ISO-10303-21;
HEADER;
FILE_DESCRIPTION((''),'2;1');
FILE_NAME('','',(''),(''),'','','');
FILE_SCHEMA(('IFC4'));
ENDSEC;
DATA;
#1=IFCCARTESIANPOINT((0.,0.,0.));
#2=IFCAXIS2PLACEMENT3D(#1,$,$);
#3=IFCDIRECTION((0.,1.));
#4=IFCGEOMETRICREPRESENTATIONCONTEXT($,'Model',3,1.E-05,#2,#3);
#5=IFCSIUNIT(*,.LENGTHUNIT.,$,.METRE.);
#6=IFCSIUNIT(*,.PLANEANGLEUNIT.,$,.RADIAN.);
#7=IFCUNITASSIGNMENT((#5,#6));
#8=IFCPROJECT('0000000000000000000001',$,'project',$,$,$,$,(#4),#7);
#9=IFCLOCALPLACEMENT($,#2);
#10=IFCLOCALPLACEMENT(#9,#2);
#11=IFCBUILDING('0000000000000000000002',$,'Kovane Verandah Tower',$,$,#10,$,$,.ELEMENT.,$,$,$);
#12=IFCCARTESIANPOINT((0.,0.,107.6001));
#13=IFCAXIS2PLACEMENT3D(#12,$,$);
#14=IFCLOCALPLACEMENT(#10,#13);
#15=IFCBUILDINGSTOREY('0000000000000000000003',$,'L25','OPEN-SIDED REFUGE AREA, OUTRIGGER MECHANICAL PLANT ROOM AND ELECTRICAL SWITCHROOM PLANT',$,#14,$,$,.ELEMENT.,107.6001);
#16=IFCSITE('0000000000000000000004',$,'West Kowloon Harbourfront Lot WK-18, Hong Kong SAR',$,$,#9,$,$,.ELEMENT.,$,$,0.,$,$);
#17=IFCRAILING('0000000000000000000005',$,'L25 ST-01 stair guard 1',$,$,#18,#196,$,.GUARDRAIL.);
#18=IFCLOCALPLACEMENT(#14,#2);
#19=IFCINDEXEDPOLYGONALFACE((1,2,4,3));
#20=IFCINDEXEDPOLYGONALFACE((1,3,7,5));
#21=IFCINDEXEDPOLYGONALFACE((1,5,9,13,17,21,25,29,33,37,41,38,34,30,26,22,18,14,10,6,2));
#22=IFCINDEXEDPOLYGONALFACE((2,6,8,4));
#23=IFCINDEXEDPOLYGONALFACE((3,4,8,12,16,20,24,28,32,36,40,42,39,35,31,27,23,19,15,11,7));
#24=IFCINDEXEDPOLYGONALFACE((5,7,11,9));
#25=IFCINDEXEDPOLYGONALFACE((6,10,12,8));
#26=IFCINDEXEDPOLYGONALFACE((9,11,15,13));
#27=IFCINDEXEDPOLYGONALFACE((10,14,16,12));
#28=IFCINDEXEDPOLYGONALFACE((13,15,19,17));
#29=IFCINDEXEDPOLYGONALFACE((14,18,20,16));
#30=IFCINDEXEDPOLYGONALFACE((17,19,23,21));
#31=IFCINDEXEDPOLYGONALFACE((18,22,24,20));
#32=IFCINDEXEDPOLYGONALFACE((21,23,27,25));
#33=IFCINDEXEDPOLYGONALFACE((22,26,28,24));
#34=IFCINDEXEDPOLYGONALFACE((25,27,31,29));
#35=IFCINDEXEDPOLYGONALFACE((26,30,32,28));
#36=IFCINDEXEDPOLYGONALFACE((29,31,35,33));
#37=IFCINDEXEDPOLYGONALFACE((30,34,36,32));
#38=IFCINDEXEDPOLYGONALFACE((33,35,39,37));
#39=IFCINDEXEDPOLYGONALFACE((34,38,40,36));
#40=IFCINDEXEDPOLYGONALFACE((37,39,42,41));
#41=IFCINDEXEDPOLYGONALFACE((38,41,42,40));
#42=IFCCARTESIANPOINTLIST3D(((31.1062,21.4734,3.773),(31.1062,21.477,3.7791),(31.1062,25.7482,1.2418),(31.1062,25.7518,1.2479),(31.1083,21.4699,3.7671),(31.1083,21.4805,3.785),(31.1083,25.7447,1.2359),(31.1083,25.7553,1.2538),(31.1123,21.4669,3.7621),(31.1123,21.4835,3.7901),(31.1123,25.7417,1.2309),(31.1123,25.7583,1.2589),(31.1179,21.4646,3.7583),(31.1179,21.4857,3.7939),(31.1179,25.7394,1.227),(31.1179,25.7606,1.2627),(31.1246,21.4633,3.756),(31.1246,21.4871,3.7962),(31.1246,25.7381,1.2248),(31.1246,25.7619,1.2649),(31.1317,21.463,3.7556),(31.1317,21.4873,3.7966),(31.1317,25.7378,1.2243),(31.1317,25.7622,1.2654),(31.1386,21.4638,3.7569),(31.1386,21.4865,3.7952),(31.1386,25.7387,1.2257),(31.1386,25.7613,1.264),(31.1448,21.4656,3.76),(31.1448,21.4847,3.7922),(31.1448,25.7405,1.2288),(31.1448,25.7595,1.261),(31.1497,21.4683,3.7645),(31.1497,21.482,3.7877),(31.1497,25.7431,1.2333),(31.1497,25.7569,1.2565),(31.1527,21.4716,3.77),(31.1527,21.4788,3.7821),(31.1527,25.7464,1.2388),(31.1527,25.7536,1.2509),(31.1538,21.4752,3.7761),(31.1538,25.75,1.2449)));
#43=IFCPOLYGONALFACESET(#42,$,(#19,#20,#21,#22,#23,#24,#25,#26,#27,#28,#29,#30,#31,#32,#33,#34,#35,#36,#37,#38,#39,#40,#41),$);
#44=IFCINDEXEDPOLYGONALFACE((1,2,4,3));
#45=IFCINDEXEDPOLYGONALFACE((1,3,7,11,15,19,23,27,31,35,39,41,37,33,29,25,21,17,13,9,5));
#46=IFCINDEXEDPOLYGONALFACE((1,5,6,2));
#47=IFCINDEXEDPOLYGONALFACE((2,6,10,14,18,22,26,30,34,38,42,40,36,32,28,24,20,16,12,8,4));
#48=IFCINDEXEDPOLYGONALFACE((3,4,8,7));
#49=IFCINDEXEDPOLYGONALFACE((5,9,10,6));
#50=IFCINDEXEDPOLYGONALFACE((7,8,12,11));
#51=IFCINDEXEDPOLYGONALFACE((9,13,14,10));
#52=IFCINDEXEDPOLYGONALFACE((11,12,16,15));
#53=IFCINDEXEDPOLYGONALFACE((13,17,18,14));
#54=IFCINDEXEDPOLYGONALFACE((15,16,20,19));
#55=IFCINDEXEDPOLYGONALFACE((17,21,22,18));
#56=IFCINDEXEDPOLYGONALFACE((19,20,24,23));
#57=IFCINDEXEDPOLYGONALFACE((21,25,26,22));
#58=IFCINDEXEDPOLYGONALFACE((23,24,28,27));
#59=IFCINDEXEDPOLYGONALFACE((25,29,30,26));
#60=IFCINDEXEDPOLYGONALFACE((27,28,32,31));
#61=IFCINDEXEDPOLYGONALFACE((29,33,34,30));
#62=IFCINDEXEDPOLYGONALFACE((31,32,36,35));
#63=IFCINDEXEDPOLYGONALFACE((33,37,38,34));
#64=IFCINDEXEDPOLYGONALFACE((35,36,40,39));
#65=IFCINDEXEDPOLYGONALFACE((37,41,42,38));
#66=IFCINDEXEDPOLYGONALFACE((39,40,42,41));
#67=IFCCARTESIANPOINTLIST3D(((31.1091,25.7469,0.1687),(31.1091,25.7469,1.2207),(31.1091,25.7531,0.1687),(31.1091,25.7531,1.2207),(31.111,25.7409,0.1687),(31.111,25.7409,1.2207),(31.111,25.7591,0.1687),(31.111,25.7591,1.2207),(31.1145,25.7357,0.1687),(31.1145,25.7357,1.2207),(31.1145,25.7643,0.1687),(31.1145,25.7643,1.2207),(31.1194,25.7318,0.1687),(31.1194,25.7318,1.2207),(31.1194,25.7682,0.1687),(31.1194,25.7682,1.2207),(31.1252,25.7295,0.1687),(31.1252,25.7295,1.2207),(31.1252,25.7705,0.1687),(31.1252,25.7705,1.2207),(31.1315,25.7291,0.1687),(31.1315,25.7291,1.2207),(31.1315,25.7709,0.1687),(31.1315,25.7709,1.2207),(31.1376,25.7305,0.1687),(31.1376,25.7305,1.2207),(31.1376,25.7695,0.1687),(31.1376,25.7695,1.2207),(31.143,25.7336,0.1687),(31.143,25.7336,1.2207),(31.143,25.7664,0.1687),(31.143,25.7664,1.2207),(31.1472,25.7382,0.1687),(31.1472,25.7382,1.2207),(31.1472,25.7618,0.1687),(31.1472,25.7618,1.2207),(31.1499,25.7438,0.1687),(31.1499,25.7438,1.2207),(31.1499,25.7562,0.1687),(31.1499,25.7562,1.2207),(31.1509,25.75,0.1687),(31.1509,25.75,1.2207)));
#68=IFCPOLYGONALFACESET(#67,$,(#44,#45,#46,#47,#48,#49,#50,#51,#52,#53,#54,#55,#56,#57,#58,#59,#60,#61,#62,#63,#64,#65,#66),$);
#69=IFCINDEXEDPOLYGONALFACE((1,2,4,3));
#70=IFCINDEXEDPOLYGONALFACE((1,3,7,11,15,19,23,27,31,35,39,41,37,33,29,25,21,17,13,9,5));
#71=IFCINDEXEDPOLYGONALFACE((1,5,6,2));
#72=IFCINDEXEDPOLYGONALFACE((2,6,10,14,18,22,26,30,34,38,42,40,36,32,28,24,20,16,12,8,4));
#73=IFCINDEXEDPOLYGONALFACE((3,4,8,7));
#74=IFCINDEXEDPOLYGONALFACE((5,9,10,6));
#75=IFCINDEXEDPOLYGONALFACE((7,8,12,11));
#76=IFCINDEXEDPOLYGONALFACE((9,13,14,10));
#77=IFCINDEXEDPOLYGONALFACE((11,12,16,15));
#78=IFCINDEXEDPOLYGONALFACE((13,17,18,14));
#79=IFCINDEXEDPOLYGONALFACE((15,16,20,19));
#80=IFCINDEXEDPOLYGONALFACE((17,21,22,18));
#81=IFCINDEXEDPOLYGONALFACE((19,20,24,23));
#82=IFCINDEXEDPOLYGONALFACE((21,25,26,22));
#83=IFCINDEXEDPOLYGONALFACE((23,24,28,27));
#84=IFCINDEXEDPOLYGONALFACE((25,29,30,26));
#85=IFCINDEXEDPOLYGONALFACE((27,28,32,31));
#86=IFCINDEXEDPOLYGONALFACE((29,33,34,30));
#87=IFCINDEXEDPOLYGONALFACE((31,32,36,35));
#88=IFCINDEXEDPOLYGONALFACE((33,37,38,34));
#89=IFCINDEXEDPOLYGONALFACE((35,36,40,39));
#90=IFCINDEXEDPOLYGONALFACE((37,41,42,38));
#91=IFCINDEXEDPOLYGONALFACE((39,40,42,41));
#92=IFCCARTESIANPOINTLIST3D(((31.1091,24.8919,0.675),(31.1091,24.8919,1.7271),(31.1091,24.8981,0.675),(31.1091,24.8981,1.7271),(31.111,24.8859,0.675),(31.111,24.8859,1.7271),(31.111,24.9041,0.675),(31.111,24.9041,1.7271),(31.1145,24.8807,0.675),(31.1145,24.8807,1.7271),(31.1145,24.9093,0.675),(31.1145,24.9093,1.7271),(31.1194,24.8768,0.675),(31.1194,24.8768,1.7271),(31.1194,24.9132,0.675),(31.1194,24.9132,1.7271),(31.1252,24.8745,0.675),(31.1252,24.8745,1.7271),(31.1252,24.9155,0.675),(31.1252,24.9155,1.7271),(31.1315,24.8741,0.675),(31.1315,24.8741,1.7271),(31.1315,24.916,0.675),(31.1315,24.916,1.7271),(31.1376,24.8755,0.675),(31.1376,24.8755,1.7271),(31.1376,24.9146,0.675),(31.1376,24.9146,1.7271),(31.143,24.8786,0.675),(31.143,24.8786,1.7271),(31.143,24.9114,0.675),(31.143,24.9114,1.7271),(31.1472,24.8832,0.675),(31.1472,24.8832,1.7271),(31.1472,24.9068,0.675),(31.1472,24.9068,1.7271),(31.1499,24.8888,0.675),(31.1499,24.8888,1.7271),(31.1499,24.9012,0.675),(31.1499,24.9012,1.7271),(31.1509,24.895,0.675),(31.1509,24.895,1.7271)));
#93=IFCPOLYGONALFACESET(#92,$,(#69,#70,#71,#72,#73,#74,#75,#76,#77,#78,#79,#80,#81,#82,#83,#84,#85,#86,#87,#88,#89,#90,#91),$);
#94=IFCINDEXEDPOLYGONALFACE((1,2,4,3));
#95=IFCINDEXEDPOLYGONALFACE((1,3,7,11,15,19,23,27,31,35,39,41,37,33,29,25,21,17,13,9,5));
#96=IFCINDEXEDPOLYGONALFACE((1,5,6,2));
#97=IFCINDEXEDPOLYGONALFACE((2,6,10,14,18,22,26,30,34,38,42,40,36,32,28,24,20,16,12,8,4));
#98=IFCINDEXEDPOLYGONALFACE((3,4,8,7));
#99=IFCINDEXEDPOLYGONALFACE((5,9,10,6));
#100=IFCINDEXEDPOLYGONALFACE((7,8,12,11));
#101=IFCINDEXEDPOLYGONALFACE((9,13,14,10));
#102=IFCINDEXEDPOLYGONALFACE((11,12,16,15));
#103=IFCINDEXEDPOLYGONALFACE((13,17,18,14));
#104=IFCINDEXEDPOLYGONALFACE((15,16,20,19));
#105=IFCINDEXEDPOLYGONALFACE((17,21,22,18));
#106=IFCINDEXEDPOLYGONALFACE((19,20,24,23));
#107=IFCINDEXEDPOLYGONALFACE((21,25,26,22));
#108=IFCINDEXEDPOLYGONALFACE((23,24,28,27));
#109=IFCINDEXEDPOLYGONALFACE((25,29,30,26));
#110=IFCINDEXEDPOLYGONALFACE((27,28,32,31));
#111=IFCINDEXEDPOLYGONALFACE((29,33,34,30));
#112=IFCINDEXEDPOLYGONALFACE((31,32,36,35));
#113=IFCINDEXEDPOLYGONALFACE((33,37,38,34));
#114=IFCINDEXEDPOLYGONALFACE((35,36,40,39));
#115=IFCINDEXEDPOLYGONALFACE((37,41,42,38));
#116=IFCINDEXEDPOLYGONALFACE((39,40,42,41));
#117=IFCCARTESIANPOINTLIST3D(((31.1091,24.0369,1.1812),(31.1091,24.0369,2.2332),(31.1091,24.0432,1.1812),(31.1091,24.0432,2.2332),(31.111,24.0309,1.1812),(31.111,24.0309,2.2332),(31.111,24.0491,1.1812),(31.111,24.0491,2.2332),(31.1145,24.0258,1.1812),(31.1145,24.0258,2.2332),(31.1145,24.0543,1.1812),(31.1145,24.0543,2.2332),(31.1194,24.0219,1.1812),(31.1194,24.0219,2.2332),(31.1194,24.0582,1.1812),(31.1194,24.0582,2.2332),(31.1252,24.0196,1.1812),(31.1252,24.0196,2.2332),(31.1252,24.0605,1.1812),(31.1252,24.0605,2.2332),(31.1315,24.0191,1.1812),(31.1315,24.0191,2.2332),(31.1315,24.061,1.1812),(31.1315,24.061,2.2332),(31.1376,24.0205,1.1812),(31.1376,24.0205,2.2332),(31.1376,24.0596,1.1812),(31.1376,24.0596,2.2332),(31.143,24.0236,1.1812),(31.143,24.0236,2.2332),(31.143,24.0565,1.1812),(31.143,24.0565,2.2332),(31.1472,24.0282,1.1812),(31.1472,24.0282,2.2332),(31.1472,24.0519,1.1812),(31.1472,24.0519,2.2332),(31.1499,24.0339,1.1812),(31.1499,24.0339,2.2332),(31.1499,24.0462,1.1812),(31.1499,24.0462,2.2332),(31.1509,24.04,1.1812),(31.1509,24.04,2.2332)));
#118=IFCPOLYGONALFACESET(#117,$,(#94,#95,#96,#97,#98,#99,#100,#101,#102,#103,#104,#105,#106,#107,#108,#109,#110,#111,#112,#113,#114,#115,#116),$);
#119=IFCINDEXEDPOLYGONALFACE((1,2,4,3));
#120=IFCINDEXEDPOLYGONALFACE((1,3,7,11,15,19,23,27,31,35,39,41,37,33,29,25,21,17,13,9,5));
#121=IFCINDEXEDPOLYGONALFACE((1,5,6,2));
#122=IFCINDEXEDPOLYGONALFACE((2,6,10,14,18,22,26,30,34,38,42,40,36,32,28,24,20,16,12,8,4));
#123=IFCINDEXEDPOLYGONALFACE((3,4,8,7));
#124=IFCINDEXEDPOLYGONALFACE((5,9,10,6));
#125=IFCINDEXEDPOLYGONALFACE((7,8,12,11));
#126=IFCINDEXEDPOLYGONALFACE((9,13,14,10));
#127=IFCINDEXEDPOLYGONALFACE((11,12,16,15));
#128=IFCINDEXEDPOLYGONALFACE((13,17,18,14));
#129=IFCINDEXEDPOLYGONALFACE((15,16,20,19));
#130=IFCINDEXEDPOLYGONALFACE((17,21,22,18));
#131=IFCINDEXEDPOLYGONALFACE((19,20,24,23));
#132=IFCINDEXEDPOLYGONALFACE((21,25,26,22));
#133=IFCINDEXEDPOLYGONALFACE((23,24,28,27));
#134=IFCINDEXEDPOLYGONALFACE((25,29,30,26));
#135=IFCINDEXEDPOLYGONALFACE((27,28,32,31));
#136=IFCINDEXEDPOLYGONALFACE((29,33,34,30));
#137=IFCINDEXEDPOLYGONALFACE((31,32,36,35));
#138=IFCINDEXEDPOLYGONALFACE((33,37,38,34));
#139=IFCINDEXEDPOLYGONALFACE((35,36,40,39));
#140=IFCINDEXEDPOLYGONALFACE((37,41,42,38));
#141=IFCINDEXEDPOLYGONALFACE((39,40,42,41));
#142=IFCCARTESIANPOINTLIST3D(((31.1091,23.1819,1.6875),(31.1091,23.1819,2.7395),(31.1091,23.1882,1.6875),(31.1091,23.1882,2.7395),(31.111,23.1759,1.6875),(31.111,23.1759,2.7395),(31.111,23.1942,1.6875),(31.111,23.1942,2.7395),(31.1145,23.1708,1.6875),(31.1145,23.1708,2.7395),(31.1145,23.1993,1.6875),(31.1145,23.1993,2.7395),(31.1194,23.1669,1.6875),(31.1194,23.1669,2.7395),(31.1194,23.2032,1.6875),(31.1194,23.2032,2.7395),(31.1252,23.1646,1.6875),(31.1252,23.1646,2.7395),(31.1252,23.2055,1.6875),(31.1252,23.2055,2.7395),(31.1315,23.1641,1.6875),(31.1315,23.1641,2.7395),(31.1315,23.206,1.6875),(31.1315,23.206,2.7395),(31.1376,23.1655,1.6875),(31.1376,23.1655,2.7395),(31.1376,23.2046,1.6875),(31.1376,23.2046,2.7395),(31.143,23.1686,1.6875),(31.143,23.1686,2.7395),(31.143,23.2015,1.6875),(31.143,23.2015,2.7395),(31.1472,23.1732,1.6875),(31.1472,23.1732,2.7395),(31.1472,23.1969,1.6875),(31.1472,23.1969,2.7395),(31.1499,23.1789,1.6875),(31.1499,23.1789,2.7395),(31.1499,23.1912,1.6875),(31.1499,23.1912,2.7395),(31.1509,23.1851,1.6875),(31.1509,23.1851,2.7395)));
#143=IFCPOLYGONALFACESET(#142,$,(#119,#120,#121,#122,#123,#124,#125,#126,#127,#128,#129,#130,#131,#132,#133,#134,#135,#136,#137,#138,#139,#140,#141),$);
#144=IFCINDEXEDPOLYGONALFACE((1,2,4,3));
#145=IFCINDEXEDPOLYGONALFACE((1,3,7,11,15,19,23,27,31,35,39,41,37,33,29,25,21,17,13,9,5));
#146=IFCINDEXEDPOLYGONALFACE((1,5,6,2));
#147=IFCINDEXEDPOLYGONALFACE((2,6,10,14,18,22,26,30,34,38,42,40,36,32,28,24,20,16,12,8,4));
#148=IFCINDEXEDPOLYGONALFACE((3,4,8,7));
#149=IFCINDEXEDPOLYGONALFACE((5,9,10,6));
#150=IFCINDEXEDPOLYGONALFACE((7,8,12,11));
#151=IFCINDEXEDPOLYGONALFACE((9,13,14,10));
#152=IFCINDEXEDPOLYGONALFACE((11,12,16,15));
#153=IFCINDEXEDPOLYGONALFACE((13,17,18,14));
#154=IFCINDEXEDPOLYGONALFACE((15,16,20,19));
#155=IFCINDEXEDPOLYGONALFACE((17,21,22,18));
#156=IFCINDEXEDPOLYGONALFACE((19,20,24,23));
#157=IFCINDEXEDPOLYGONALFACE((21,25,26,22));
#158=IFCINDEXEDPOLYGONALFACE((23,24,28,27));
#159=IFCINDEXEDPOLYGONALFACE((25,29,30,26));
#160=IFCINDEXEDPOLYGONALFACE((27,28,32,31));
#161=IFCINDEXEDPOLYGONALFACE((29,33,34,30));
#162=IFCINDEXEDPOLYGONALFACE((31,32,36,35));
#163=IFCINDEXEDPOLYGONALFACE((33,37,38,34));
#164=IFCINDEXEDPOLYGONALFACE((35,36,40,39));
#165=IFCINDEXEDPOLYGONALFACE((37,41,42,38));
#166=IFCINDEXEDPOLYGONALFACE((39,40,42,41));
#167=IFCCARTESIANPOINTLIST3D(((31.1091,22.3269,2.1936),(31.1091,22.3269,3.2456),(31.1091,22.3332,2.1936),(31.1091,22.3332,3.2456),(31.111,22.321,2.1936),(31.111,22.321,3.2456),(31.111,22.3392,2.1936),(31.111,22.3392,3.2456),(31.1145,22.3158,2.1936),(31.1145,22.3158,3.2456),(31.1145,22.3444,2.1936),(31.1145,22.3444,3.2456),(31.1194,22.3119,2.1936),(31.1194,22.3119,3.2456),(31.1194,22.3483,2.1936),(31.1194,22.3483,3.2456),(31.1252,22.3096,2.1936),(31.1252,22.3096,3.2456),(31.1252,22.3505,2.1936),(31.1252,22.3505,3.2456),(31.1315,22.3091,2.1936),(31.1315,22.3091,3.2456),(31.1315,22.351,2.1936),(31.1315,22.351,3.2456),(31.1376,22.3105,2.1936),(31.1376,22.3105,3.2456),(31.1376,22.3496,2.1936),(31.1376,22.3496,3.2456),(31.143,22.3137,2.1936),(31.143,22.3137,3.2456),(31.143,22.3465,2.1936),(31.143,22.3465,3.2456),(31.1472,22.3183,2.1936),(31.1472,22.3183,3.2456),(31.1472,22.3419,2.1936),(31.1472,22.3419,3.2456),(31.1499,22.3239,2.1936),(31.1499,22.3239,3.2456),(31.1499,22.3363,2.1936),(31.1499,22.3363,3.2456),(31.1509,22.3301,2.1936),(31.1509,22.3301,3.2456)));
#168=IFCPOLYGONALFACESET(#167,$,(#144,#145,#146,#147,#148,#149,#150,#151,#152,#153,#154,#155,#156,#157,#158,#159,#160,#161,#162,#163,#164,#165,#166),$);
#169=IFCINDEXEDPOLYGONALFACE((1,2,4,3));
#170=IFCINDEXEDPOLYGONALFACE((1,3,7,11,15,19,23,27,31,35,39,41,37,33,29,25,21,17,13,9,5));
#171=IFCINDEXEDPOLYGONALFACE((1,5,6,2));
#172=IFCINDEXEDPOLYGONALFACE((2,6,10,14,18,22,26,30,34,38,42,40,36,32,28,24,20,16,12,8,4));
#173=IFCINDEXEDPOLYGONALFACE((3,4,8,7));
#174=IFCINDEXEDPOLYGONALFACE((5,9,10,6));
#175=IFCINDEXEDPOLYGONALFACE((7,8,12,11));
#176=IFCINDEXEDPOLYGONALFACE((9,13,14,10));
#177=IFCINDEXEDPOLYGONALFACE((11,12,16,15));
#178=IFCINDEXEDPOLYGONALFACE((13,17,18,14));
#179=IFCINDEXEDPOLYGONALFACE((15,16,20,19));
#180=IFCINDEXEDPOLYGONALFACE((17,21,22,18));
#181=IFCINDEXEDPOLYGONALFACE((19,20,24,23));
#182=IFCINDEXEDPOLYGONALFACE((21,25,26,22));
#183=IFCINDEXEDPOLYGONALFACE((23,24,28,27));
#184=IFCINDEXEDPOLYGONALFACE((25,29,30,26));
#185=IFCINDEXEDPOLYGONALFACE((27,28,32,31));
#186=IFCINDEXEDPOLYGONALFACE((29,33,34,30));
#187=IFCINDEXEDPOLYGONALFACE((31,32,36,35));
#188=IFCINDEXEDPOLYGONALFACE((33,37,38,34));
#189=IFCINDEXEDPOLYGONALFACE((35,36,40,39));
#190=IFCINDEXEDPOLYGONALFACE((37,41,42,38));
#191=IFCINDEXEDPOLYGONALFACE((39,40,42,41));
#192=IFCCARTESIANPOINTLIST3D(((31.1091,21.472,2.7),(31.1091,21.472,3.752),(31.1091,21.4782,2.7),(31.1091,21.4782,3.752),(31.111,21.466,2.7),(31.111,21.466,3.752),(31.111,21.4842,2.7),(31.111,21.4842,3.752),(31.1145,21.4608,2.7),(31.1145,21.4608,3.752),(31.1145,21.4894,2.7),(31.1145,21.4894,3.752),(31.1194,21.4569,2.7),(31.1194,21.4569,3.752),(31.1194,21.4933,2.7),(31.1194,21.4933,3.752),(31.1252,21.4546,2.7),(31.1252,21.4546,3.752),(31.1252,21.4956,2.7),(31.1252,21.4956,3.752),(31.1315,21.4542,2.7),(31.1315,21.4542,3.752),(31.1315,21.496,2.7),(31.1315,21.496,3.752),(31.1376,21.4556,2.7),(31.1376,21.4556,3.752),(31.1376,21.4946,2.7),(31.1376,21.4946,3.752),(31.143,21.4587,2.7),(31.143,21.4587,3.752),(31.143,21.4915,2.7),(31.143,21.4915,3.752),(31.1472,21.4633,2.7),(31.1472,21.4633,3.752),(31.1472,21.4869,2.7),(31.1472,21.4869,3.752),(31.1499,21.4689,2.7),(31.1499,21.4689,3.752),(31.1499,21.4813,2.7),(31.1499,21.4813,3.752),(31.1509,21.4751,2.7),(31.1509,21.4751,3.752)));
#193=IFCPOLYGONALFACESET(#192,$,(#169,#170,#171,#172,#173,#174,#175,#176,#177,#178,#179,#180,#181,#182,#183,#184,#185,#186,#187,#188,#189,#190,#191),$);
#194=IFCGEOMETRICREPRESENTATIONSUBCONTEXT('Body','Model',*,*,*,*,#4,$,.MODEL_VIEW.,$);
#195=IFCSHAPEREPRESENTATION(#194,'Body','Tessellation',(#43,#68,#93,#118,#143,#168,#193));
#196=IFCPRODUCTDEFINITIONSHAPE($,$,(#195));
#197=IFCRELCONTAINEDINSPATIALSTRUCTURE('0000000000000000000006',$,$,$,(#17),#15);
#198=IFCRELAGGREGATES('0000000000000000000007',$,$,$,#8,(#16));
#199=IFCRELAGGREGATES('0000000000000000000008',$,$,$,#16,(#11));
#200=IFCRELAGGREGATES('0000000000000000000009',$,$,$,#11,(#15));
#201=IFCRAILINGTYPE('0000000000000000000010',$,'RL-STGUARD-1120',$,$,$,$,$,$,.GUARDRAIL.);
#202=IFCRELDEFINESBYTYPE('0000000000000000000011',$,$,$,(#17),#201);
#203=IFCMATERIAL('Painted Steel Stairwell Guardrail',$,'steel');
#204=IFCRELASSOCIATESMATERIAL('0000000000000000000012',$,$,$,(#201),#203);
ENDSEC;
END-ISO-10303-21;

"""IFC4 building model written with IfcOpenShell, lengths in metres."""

from ifc_helpers import new_model, si_unit, direction, frame, origin, origin_2d, place, context, subcontext, project, spatial, circle, extrude, material, type_object, element, save


model = new_model("IFC4")

# Units and contexts
model_context = context("Model", 3, precision=1e-05, world=origin(), true_north=direction((0.0, 1.0)))
body_context = subcontext(model_context, "Body", "Model", "MODEL_VIEW")
ifc_project = project(units=[si_unit("LENGTHUNIT", "METRE"), si_unit("PLANEANGLEUNIT", "RADIAN")], contexts=[model_context])

# Site, building, storey
site_placement = place(None, origin())
site = spatial("IfcSite", under=ifc_project, at=site_placement, Name="West Kowloon Harbourfront Lot WK-18, Hong Kong SAR", CompositionType="ELEMENT", RefElevation=0.0)
building_placement = place(site_placement, origin())
building = spatial("IfcBuilding", under=site, at=building_placement, Name="Kovane Verandah Tower", CompositionType="ELEMENT")
storey_placement = place(building_placement, frame((0.0, 0.0, 107.6001)))
storey = spatial("IfcBuildingStorey", under=building, at=storey_placement, Name="L25", Description="OPEN-SIDED REFUGE AREA, OUTRIGGER MECHANICAL PLANT ROOM AND ELECTRICAL SWITCHROOM PLANT", CompositionType="ELEMENT", Elevation=107.6001)

# Railing
ifc_material_1 = material(Name="Painted Steel Stairwell Guardrail", Category="steel")
railing_type_1 = type_object("IfcRailingType", Name="RL-STGUARD-1120", PredefinedType="GUARDRAIL", material=ifc_material_1)
railing_1_placement = place(storey_placement, frame((31.1299, 25.75, 0.1687)))
element("IfcRailing", 1, at=railing_1_placement, inside=storey, type_object=railing_type_1, Name="L25 ST-01 stair guard 1", PredefinedType="GUARDRAIL", context=body_context, shape_type="SweptSolid", body=[
    extrude(circle(Radius=0.0239, at=origin_2d()), frame((0.0, 0.0, 1.0762), z_axis=(0.0, -0.86047, 0.509501), x_axis=(1.0, 0.0, 0.0)), (0.0, 0.0, 1.0), 4.968),
    extrude(circle(Radius=0.021, at=origin_2d()), origin(), (0.0, 0.0, 1.0), 1.052),
    extrude(circle(Radius=0.021, at=origin_2d()), frame((0.0, -0.855, 0.5063)), (0.0, 0.0, 1.0), 1.052),
    extrude(circle(Radius=0.021, at=origin_2d()), frame((0.0, -1.71, 1.0125)), (0.0, 0.0, 1.0), 1.052),
    extrude(circle(Radius=0.021, at=origin_2d()), frame((0.0, -2.5649, 1.5188)), (0.0, 0.0, 1.0), 1.052),
    extrude(circle(Radius=0.021, at=origin_2d()), frame((0.0, -3.4199, 2.0249)), (0.0, 0.0, 1.0), 1.052),
    extrude(circle(Radius=0.021, at=origin_2d()), frame((0.0, -4.2749, 2.5312)), (0.0, 0.0, 1.0), 1.052),
])

save(model, "model.ifc")
